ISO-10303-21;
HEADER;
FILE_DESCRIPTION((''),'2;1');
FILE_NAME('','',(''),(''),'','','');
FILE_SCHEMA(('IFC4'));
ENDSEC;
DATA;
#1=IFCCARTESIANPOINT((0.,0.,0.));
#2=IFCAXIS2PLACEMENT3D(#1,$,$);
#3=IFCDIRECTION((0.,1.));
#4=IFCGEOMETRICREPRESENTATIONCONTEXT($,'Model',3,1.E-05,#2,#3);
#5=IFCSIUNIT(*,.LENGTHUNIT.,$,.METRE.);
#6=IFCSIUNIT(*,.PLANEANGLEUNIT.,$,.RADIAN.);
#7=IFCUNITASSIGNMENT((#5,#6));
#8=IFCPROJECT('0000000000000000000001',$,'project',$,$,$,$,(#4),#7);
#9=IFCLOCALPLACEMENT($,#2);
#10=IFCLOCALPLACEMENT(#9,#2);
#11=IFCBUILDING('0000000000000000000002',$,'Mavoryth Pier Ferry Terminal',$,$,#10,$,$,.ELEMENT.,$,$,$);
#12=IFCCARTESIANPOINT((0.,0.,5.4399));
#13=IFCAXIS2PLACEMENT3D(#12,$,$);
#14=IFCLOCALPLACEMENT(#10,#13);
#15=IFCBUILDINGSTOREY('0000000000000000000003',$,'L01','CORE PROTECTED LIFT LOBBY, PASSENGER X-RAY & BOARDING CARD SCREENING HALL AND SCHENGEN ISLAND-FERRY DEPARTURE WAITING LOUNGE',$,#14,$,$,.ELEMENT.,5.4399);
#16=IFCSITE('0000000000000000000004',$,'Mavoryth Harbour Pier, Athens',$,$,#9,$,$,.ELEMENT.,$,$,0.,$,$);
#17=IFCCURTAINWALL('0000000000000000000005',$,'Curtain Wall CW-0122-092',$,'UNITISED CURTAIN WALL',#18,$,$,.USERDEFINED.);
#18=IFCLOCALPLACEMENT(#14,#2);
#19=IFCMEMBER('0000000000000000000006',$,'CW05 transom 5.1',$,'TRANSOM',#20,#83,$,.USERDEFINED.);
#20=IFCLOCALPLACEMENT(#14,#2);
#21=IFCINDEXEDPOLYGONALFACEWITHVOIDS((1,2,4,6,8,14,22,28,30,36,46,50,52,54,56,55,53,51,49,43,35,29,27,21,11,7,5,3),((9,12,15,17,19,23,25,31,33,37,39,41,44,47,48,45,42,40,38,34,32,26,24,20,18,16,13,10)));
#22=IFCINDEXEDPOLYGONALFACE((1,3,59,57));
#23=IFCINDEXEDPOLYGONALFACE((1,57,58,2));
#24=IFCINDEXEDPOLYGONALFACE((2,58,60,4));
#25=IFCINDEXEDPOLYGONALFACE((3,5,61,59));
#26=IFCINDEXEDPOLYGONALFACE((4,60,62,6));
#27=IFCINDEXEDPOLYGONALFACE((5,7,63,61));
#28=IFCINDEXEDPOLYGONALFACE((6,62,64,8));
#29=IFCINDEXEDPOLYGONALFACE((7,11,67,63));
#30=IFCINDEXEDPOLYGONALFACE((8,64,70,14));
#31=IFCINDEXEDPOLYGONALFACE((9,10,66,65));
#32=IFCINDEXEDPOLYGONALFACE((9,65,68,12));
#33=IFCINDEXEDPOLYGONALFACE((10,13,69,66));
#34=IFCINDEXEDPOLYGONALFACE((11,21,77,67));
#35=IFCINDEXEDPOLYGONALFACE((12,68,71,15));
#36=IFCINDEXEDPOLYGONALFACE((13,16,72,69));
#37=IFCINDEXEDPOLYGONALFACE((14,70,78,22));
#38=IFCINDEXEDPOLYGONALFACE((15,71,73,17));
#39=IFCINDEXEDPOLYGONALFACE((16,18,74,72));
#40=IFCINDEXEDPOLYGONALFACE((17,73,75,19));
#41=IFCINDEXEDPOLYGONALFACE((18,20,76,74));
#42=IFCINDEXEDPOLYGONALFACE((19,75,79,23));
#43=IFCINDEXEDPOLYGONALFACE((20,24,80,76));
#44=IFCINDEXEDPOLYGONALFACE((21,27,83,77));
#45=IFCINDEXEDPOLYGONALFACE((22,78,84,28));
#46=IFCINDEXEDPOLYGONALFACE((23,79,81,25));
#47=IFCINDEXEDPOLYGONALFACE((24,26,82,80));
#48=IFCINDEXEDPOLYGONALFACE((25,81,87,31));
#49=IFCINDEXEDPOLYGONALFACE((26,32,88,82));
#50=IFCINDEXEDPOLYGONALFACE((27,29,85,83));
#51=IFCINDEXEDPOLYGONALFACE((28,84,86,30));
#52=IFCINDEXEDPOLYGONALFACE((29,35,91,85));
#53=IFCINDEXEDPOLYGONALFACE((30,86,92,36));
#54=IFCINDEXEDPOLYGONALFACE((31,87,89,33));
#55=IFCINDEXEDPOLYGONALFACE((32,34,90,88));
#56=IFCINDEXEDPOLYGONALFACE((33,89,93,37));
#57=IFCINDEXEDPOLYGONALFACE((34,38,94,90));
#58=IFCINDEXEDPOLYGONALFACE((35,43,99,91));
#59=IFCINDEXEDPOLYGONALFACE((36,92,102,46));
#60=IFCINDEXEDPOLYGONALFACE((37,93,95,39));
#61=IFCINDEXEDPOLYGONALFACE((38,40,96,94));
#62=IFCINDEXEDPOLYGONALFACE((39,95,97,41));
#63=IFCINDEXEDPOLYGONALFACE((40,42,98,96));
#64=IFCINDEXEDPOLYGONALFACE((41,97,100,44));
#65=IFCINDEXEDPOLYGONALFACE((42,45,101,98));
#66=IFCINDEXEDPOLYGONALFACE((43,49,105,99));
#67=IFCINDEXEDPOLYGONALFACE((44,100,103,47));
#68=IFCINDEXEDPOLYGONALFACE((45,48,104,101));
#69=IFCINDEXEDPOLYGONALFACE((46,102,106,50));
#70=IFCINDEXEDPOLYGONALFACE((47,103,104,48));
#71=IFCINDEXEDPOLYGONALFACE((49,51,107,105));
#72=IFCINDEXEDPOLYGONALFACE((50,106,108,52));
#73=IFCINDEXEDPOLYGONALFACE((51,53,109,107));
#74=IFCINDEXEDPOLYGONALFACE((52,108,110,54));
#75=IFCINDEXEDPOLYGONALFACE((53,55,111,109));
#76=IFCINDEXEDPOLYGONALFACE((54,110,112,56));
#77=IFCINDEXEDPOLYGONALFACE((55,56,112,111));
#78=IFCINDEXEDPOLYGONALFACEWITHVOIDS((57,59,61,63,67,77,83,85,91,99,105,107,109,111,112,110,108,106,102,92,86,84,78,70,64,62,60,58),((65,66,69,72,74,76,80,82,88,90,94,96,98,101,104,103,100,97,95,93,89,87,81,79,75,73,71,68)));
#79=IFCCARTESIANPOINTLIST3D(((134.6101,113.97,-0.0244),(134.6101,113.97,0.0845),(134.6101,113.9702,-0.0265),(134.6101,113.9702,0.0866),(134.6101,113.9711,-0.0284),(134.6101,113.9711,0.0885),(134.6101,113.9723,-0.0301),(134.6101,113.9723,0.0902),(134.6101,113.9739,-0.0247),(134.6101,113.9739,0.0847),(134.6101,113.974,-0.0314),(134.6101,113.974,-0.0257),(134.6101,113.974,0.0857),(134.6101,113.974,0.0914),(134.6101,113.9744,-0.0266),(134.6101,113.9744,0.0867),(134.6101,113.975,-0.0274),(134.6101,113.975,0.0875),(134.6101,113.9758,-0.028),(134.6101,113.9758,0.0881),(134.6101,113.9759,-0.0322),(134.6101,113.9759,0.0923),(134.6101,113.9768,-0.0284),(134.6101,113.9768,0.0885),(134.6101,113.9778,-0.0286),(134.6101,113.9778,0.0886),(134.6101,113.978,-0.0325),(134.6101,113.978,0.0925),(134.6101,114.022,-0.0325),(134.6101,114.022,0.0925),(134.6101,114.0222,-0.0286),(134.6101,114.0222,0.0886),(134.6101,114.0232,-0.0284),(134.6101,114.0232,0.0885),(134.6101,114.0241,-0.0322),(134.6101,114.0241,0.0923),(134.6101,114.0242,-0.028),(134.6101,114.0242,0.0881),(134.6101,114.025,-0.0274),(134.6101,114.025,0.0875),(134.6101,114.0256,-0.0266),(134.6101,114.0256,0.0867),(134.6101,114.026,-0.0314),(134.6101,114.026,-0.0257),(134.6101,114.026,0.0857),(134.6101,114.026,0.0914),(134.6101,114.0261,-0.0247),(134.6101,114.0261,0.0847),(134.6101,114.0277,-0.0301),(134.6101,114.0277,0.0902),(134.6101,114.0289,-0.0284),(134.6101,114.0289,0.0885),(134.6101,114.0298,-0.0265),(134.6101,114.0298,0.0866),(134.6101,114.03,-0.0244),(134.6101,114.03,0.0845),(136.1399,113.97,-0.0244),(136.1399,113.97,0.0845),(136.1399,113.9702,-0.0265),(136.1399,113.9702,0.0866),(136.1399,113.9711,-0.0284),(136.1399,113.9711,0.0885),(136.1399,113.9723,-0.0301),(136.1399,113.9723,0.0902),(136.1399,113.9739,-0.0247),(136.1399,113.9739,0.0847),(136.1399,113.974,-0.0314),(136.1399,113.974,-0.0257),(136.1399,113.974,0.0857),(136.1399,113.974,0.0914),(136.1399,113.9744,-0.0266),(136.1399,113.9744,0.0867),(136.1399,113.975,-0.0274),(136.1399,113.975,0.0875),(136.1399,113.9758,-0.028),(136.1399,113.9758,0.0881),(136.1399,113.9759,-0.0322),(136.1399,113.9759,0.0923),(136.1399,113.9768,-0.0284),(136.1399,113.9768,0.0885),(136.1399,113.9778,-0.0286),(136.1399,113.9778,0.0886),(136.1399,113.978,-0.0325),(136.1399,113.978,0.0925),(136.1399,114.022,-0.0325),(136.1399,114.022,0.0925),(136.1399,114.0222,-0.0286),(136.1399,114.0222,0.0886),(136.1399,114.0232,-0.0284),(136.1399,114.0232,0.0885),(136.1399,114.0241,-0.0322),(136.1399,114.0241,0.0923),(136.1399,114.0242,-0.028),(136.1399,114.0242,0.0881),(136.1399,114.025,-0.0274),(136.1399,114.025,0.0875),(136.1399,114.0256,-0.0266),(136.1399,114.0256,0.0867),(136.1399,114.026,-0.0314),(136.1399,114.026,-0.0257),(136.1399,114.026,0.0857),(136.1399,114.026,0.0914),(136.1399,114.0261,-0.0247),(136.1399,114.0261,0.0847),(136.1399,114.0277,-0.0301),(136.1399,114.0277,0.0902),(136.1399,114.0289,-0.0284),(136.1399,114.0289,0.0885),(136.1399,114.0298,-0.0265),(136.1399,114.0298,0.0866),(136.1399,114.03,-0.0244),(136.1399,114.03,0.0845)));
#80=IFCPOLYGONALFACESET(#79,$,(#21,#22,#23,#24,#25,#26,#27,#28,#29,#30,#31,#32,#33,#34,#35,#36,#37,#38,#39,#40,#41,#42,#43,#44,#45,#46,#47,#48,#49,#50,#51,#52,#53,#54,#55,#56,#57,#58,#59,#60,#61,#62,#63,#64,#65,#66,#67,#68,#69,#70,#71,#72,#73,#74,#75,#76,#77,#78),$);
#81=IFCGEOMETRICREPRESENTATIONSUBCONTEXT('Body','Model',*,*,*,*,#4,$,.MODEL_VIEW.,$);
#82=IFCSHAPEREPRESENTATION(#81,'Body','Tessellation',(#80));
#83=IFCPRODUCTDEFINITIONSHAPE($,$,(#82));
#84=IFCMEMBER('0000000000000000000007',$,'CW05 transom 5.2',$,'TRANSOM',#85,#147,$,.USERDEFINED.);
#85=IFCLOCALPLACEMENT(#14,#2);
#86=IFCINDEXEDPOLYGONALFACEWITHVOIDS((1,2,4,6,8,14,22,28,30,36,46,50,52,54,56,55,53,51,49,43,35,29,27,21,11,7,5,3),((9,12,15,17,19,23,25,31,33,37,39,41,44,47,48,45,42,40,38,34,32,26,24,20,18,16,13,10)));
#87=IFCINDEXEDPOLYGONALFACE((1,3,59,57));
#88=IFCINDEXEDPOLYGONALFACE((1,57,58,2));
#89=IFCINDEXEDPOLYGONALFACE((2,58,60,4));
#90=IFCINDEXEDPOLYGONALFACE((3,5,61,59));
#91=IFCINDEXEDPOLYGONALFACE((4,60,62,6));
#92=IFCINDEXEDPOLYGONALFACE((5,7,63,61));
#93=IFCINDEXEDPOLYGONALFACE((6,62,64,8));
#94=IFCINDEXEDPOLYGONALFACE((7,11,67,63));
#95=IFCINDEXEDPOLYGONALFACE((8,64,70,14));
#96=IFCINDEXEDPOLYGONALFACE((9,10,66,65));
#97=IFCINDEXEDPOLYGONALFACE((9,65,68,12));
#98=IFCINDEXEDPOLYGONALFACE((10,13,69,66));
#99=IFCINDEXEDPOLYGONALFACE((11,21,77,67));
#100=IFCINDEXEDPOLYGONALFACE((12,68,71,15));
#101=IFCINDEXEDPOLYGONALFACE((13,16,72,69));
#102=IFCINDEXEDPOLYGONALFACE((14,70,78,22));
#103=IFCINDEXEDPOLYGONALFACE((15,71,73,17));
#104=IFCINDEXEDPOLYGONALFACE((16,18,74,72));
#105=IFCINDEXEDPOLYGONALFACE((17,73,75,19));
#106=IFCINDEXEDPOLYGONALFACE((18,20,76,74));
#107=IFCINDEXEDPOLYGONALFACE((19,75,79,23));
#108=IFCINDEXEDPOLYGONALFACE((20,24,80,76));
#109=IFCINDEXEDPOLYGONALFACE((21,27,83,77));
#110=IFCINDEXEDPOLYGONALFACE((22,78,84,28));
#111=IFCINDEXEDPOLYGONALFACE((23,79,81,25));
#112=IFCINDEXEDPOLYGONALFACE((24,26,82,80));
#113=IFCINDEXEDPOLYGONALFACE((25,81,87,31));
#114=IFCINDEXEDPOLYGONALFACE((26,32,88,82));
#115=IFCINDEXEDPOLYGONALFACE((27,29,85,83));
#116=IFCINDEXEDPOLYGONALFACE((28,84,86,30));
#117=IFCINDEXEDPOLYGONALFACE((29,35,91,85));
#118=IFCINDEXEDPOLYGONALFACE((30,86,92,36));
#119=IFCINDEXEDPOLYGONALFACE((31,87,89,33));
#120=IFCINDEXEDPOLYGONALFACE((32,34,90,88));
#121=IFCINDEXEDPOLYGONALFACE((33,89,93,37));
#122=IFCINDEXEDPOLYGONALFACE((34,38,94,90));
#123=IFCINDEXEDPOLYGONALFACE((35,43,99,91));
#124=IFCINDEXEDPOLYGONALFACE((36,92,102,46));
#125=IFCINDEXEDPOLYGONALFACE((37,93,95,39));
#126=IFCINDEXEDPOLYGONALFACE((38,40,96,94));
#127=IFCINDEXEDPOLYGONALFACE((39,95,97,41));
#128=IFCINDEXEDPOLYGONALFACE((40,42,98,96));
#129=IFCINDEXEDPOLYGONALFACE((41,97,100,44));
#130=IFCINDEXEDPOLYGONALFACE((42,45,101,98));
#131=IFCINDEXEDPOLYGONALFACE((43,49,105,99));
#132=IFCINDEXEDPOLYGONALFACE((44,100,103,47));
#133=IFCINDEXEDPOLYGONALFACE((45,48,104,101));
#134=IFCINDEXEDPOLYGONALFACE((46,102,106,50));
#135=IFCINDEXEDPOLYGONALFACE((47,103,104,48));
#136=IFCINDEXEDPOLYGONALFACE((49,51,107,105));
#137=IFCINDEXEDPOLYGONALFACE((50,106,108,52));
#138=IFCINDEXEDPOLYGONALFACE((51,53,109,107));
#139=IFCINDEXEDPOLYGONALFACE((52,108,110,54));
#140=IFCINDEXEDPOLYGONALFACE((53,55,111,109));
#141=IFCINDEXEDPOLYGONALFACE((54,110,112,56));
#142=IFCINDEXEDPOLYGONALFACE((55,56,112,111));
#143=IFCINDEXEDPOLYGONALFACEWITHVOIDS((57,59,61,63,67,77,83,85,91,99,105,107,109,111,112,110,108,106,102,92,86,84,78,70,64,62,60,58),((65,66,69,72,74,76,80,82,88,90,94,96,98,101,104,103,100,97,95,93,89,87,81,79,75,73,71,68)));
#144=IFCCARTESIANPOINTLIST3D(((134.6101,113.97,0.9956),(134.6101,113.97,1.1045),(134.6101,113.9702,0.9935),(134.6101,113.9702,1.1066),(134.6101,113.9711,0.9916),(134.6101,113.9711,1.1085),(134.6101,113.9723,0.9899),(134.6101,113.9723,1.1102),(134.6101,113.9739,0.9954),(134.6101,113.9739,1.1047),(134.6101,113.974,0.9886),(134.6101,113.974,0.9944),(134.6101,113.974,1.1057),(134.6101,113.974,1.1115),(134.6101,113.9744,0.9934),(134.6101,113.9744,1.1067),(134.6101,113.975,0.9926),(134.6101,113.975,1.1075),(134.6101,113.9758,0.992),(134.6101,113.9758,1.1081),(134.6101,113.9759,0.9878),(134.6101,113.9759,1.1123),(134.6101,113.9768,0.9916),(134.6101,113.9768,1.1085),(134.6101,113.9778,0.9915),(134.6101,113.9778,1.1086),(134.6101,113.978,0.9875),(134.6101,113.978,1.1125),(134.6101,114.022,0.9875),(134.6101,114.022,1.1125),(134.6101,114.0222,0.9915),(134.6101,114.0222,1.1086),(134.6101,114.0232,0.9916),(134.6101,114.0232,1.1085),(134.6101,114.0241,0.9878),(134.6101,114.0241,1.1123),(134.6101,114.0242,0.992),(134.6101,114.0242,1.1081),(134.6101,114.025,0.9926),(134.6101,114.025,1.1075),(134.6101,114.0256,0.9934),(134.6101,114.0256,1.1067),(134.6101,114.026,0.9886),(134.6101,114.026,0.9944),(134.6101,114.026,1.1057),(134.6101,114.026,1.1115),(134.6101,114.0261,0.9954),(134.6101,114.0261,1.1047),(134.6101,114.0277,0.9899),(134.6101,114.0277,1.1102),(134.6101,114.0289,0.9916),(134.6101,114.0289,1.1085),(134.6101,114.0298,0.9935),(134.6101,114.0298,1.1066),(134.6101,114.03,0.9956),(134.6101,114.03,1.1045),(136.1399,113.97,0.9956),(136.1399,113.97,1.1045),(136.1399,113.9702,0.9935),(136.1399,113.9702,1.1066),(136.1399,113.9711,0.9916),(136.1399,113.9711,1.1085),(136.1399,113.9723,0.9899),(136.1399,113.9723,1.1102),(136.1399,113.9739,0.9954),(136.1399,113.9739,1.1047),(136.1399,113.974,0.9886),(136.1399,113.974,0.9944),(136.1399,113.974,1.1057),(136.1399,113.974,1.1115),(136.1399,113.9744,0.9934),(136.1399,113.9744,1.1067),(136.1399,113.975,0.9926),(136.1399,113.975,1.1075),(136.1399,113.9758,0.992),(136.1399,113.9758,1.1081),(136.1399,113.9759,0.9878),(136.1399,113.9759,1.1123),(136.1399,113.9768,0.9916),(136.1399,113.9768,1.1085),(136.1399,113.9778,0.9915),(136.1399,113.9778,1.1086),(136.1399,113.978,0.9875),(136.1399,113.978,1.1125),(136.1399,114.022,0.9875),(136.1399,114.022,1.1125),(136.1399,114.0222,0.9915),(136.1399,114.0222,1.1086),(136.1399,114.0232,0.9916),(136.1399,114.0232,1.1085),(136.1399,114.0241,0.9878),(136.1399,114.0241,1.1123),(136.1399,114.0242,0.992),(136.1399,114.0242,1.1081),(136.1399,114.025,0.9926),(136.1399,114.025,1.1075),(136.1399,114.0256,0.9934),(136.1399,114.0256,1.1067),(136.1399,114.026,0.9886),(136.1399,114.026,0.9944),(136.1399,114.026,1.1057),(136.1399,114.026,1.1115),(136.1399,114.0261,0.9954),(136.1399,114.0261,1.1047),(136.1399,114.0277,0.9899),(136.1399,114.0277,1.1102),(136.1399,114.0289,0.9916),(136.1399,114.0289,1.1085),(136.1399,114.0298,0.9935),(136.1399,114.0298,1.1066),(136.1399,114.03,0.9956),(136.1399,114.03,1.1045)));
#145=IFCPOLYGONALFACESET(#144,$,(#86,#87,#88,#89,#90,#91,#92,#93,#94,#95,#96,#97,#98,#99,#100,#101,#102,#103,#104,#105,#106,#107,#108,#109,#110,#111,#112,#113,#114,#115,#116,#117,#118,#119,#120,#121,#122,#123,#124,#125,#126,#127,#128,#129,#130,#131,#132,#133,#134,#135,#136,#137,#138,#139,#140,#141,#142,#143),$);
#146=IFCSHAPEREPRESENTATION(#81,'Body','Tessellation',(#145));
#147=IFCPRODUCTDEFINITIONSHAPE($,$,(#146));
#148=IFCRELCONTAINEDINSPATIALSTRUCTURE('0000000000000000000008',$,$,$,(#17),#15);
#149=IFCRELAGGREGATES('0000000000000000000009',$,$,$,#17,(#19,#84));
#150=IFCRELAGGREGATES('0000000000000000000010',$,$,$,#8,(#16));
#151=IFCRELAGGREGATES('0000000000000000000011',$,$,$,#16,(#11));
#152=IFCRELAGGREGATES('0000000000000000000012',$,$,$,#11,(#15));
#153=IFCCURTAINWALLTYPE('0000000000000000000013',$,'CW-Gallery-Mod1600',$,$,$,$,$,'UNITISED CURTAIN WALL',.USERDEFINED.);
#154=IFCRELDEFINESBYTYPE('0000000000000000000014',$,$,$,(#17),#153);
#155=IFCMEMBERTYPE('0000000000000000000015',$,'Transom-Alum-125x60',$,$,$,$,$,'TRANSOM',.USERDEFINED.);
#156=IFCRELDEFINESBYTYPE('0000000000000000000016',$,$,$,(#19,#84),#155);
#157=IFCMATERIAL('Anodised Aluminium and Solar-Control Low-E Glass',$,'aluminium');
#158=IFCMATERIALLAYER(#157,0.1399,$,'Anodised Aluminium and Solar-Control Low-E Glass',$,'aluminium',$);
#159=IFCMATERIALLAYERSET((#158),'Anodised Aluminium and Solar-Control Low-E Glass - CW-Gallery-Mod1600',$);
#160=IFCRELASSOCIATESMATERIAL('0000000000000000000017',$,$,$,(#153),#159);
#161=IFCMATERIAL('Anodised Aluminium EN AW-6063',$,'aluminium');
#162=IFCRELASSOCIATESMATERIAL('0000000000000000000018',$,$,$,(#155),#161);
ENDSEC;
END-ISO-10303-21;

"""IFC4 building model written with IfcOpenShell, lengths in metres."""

from ifc_helpers import new_model, si_unit, direction, frame, origin, origin_2d, place, context, subcontext, project, spatial, hollow_rectangle, extrude, material, layer, layer_set, material_profile, profile_set, type_object, element, aggregate, save


model = new_model("IFC4")

# Units and contexts
model_context = context("Model", 3, precision=1e-05, world=origin(), true_north=direction((0.0, 1.0)))
body_context = subcontext(model_context, "Body", "Model", "MODEL_VIEW")
ifc_project = project(units=[si_unit("LENGTHUNIT", "METRE"), si_unit("PLANEANGLEUNIT", "RADIAN")], contexts=[model_context])

# Site, building, storey
site_placement = place(None, origin())
site = spatial("IfcSite", under=ifc_project, at=site_placement, Name="Mavoryth Harbour Pier, Athens", CompositionType="ELEMENT", RefElevation=0.0)
building_placement = place(site_placement, origin())
building = spatial("IfcBuilding", under=site, at=building_placement, Name="Mavoryth Pier Ferry Terminal", CompositionType="ELEMENT")
storey_placement = place(building_placement, frame((0.0, 0.0, 5.4399)))
storey = spatial("IfcBuildingStorey", under=building, at=storey_placement, Name="L01", Description="CORE PROTECTED LIFT LOBBY, PASSENGER X-RAY & BOARDING CARD SCREENING HALL AND SCHENGEN ISLAND-FERRY DEPARTURE WAITING LOUNGE", CompositionType="ELEMENT", Elevation=5.4399)

# Curtain wall
ifc_material_1 = material(Name="Anodised Aluminium and Solar-Control Low-E Glass", Category="aluminium")
ifc_layer_1 = layer(ifc_material_1, 0.1399, Name="Anodised Aluminium and Solar-Control Low-E Glass", Category="aluminium")
ifc_layer_set_1 = layer_set([ifc_layer_1], Name="Anodised Aluminium and Solar-Control Low-E Glass - CW-Gallery-Mod1600")
curtain_wall_type = type_object("IfcCurtainWallType", Name="CW-Gallery-Mod1600", ElementType="UNITISED CURTAIN WALL", PredefinedType="USERDEFINED", material=ifc_layer_set_1)
ifc_material_2 = material(Name="Anodised Aluminium EN AW-6063", Category="aluminium")
curtain_wall_1_placement = place(storey_placement, origin())
curtain_wall_1 = element("IfcCurtainWall", 1, at=curtain_wall_1_placement, inside=storey, type_object=curtain_wall_type, Name="Curtain Wall CW-0122-092", ObjectType="UNITISED CURTAIN WALL", PredefinedType="USERDEFINED")

# Members
ifc_material_profile_1 = material_profile(ifc_material_2, hollow_rectangle(XDim=0.0601, YDim=0.125, WallThickness=0.0039, InnerFilletRadius=0.0039, OuterFilletRadius=0.0081, at=origin_2d()), Name="AL-TRAN 125x60x4", Category="aluminium")
ifc_profile_set_1 = profile_set([ifc_material_profile_1], Name="Anodised Aluminium EN AW-6063 - AL-TRAN 125x60x4")
member_type_1 = type_object("IfcMemberType", Name="Transom-Alum-125x60", ElementType="TRANSOM", PredefinedType="USERDEFINED", material=ifc_profile_set_1)
member_1_placement = place(storey_placement, frame((136.1399, 114.0, 0.03), z_axis=(-1.0, 0.0, 0.0), x_axis=(0.0, -1.0, 0.0)))
member_1 = element("IfcMember", 2, at=member_1_placement, type_object=member_type_1, Name="CW05 transom 5.1", ObjectType="TRANSOM", PredefinedType="USERDEFINED", context=body_context, shape_type="SweptSolid", body=[
    extrude(hollow_rectangle(XDim=0.0601, YDim=0.125, WallThickness=0.0039, InnerFilletRadius=0.0039, OuterFilletRadius=0.0081, at=origin_2d()), origin(), (0.0, 0.0, 1.0), 1.5298),
])
member_2_placement = place(storey_placement, frame((136.1399, 114.0, 1.05), z_axis=(-1.0, 0.0, 0.0), x_axis=(0.0, -1.0, 0.0)))
member_2 = element("IfcMember", 3, at=member_2_placement, type_object=member_type_1, Name="CW05 transom 5.2", ObjectType="TRANSOM", PredefinedType="USERDEFINED", context=body_context, shape_type="SweptSolid", body=[
    extrude(hollow_rectangle(XDim=0.0601, YDim=0.125, WallThickness=0.0039, InnerFilletRadius=0.0039, OuterFilletRadius=0.0081, at=origin_2d()), origin(), (0.0, 0.0, 1.0), 1.5298),
])

aggregate(curtain_wall_1, [member_1, member_2])

save(model, "model.ifc")
